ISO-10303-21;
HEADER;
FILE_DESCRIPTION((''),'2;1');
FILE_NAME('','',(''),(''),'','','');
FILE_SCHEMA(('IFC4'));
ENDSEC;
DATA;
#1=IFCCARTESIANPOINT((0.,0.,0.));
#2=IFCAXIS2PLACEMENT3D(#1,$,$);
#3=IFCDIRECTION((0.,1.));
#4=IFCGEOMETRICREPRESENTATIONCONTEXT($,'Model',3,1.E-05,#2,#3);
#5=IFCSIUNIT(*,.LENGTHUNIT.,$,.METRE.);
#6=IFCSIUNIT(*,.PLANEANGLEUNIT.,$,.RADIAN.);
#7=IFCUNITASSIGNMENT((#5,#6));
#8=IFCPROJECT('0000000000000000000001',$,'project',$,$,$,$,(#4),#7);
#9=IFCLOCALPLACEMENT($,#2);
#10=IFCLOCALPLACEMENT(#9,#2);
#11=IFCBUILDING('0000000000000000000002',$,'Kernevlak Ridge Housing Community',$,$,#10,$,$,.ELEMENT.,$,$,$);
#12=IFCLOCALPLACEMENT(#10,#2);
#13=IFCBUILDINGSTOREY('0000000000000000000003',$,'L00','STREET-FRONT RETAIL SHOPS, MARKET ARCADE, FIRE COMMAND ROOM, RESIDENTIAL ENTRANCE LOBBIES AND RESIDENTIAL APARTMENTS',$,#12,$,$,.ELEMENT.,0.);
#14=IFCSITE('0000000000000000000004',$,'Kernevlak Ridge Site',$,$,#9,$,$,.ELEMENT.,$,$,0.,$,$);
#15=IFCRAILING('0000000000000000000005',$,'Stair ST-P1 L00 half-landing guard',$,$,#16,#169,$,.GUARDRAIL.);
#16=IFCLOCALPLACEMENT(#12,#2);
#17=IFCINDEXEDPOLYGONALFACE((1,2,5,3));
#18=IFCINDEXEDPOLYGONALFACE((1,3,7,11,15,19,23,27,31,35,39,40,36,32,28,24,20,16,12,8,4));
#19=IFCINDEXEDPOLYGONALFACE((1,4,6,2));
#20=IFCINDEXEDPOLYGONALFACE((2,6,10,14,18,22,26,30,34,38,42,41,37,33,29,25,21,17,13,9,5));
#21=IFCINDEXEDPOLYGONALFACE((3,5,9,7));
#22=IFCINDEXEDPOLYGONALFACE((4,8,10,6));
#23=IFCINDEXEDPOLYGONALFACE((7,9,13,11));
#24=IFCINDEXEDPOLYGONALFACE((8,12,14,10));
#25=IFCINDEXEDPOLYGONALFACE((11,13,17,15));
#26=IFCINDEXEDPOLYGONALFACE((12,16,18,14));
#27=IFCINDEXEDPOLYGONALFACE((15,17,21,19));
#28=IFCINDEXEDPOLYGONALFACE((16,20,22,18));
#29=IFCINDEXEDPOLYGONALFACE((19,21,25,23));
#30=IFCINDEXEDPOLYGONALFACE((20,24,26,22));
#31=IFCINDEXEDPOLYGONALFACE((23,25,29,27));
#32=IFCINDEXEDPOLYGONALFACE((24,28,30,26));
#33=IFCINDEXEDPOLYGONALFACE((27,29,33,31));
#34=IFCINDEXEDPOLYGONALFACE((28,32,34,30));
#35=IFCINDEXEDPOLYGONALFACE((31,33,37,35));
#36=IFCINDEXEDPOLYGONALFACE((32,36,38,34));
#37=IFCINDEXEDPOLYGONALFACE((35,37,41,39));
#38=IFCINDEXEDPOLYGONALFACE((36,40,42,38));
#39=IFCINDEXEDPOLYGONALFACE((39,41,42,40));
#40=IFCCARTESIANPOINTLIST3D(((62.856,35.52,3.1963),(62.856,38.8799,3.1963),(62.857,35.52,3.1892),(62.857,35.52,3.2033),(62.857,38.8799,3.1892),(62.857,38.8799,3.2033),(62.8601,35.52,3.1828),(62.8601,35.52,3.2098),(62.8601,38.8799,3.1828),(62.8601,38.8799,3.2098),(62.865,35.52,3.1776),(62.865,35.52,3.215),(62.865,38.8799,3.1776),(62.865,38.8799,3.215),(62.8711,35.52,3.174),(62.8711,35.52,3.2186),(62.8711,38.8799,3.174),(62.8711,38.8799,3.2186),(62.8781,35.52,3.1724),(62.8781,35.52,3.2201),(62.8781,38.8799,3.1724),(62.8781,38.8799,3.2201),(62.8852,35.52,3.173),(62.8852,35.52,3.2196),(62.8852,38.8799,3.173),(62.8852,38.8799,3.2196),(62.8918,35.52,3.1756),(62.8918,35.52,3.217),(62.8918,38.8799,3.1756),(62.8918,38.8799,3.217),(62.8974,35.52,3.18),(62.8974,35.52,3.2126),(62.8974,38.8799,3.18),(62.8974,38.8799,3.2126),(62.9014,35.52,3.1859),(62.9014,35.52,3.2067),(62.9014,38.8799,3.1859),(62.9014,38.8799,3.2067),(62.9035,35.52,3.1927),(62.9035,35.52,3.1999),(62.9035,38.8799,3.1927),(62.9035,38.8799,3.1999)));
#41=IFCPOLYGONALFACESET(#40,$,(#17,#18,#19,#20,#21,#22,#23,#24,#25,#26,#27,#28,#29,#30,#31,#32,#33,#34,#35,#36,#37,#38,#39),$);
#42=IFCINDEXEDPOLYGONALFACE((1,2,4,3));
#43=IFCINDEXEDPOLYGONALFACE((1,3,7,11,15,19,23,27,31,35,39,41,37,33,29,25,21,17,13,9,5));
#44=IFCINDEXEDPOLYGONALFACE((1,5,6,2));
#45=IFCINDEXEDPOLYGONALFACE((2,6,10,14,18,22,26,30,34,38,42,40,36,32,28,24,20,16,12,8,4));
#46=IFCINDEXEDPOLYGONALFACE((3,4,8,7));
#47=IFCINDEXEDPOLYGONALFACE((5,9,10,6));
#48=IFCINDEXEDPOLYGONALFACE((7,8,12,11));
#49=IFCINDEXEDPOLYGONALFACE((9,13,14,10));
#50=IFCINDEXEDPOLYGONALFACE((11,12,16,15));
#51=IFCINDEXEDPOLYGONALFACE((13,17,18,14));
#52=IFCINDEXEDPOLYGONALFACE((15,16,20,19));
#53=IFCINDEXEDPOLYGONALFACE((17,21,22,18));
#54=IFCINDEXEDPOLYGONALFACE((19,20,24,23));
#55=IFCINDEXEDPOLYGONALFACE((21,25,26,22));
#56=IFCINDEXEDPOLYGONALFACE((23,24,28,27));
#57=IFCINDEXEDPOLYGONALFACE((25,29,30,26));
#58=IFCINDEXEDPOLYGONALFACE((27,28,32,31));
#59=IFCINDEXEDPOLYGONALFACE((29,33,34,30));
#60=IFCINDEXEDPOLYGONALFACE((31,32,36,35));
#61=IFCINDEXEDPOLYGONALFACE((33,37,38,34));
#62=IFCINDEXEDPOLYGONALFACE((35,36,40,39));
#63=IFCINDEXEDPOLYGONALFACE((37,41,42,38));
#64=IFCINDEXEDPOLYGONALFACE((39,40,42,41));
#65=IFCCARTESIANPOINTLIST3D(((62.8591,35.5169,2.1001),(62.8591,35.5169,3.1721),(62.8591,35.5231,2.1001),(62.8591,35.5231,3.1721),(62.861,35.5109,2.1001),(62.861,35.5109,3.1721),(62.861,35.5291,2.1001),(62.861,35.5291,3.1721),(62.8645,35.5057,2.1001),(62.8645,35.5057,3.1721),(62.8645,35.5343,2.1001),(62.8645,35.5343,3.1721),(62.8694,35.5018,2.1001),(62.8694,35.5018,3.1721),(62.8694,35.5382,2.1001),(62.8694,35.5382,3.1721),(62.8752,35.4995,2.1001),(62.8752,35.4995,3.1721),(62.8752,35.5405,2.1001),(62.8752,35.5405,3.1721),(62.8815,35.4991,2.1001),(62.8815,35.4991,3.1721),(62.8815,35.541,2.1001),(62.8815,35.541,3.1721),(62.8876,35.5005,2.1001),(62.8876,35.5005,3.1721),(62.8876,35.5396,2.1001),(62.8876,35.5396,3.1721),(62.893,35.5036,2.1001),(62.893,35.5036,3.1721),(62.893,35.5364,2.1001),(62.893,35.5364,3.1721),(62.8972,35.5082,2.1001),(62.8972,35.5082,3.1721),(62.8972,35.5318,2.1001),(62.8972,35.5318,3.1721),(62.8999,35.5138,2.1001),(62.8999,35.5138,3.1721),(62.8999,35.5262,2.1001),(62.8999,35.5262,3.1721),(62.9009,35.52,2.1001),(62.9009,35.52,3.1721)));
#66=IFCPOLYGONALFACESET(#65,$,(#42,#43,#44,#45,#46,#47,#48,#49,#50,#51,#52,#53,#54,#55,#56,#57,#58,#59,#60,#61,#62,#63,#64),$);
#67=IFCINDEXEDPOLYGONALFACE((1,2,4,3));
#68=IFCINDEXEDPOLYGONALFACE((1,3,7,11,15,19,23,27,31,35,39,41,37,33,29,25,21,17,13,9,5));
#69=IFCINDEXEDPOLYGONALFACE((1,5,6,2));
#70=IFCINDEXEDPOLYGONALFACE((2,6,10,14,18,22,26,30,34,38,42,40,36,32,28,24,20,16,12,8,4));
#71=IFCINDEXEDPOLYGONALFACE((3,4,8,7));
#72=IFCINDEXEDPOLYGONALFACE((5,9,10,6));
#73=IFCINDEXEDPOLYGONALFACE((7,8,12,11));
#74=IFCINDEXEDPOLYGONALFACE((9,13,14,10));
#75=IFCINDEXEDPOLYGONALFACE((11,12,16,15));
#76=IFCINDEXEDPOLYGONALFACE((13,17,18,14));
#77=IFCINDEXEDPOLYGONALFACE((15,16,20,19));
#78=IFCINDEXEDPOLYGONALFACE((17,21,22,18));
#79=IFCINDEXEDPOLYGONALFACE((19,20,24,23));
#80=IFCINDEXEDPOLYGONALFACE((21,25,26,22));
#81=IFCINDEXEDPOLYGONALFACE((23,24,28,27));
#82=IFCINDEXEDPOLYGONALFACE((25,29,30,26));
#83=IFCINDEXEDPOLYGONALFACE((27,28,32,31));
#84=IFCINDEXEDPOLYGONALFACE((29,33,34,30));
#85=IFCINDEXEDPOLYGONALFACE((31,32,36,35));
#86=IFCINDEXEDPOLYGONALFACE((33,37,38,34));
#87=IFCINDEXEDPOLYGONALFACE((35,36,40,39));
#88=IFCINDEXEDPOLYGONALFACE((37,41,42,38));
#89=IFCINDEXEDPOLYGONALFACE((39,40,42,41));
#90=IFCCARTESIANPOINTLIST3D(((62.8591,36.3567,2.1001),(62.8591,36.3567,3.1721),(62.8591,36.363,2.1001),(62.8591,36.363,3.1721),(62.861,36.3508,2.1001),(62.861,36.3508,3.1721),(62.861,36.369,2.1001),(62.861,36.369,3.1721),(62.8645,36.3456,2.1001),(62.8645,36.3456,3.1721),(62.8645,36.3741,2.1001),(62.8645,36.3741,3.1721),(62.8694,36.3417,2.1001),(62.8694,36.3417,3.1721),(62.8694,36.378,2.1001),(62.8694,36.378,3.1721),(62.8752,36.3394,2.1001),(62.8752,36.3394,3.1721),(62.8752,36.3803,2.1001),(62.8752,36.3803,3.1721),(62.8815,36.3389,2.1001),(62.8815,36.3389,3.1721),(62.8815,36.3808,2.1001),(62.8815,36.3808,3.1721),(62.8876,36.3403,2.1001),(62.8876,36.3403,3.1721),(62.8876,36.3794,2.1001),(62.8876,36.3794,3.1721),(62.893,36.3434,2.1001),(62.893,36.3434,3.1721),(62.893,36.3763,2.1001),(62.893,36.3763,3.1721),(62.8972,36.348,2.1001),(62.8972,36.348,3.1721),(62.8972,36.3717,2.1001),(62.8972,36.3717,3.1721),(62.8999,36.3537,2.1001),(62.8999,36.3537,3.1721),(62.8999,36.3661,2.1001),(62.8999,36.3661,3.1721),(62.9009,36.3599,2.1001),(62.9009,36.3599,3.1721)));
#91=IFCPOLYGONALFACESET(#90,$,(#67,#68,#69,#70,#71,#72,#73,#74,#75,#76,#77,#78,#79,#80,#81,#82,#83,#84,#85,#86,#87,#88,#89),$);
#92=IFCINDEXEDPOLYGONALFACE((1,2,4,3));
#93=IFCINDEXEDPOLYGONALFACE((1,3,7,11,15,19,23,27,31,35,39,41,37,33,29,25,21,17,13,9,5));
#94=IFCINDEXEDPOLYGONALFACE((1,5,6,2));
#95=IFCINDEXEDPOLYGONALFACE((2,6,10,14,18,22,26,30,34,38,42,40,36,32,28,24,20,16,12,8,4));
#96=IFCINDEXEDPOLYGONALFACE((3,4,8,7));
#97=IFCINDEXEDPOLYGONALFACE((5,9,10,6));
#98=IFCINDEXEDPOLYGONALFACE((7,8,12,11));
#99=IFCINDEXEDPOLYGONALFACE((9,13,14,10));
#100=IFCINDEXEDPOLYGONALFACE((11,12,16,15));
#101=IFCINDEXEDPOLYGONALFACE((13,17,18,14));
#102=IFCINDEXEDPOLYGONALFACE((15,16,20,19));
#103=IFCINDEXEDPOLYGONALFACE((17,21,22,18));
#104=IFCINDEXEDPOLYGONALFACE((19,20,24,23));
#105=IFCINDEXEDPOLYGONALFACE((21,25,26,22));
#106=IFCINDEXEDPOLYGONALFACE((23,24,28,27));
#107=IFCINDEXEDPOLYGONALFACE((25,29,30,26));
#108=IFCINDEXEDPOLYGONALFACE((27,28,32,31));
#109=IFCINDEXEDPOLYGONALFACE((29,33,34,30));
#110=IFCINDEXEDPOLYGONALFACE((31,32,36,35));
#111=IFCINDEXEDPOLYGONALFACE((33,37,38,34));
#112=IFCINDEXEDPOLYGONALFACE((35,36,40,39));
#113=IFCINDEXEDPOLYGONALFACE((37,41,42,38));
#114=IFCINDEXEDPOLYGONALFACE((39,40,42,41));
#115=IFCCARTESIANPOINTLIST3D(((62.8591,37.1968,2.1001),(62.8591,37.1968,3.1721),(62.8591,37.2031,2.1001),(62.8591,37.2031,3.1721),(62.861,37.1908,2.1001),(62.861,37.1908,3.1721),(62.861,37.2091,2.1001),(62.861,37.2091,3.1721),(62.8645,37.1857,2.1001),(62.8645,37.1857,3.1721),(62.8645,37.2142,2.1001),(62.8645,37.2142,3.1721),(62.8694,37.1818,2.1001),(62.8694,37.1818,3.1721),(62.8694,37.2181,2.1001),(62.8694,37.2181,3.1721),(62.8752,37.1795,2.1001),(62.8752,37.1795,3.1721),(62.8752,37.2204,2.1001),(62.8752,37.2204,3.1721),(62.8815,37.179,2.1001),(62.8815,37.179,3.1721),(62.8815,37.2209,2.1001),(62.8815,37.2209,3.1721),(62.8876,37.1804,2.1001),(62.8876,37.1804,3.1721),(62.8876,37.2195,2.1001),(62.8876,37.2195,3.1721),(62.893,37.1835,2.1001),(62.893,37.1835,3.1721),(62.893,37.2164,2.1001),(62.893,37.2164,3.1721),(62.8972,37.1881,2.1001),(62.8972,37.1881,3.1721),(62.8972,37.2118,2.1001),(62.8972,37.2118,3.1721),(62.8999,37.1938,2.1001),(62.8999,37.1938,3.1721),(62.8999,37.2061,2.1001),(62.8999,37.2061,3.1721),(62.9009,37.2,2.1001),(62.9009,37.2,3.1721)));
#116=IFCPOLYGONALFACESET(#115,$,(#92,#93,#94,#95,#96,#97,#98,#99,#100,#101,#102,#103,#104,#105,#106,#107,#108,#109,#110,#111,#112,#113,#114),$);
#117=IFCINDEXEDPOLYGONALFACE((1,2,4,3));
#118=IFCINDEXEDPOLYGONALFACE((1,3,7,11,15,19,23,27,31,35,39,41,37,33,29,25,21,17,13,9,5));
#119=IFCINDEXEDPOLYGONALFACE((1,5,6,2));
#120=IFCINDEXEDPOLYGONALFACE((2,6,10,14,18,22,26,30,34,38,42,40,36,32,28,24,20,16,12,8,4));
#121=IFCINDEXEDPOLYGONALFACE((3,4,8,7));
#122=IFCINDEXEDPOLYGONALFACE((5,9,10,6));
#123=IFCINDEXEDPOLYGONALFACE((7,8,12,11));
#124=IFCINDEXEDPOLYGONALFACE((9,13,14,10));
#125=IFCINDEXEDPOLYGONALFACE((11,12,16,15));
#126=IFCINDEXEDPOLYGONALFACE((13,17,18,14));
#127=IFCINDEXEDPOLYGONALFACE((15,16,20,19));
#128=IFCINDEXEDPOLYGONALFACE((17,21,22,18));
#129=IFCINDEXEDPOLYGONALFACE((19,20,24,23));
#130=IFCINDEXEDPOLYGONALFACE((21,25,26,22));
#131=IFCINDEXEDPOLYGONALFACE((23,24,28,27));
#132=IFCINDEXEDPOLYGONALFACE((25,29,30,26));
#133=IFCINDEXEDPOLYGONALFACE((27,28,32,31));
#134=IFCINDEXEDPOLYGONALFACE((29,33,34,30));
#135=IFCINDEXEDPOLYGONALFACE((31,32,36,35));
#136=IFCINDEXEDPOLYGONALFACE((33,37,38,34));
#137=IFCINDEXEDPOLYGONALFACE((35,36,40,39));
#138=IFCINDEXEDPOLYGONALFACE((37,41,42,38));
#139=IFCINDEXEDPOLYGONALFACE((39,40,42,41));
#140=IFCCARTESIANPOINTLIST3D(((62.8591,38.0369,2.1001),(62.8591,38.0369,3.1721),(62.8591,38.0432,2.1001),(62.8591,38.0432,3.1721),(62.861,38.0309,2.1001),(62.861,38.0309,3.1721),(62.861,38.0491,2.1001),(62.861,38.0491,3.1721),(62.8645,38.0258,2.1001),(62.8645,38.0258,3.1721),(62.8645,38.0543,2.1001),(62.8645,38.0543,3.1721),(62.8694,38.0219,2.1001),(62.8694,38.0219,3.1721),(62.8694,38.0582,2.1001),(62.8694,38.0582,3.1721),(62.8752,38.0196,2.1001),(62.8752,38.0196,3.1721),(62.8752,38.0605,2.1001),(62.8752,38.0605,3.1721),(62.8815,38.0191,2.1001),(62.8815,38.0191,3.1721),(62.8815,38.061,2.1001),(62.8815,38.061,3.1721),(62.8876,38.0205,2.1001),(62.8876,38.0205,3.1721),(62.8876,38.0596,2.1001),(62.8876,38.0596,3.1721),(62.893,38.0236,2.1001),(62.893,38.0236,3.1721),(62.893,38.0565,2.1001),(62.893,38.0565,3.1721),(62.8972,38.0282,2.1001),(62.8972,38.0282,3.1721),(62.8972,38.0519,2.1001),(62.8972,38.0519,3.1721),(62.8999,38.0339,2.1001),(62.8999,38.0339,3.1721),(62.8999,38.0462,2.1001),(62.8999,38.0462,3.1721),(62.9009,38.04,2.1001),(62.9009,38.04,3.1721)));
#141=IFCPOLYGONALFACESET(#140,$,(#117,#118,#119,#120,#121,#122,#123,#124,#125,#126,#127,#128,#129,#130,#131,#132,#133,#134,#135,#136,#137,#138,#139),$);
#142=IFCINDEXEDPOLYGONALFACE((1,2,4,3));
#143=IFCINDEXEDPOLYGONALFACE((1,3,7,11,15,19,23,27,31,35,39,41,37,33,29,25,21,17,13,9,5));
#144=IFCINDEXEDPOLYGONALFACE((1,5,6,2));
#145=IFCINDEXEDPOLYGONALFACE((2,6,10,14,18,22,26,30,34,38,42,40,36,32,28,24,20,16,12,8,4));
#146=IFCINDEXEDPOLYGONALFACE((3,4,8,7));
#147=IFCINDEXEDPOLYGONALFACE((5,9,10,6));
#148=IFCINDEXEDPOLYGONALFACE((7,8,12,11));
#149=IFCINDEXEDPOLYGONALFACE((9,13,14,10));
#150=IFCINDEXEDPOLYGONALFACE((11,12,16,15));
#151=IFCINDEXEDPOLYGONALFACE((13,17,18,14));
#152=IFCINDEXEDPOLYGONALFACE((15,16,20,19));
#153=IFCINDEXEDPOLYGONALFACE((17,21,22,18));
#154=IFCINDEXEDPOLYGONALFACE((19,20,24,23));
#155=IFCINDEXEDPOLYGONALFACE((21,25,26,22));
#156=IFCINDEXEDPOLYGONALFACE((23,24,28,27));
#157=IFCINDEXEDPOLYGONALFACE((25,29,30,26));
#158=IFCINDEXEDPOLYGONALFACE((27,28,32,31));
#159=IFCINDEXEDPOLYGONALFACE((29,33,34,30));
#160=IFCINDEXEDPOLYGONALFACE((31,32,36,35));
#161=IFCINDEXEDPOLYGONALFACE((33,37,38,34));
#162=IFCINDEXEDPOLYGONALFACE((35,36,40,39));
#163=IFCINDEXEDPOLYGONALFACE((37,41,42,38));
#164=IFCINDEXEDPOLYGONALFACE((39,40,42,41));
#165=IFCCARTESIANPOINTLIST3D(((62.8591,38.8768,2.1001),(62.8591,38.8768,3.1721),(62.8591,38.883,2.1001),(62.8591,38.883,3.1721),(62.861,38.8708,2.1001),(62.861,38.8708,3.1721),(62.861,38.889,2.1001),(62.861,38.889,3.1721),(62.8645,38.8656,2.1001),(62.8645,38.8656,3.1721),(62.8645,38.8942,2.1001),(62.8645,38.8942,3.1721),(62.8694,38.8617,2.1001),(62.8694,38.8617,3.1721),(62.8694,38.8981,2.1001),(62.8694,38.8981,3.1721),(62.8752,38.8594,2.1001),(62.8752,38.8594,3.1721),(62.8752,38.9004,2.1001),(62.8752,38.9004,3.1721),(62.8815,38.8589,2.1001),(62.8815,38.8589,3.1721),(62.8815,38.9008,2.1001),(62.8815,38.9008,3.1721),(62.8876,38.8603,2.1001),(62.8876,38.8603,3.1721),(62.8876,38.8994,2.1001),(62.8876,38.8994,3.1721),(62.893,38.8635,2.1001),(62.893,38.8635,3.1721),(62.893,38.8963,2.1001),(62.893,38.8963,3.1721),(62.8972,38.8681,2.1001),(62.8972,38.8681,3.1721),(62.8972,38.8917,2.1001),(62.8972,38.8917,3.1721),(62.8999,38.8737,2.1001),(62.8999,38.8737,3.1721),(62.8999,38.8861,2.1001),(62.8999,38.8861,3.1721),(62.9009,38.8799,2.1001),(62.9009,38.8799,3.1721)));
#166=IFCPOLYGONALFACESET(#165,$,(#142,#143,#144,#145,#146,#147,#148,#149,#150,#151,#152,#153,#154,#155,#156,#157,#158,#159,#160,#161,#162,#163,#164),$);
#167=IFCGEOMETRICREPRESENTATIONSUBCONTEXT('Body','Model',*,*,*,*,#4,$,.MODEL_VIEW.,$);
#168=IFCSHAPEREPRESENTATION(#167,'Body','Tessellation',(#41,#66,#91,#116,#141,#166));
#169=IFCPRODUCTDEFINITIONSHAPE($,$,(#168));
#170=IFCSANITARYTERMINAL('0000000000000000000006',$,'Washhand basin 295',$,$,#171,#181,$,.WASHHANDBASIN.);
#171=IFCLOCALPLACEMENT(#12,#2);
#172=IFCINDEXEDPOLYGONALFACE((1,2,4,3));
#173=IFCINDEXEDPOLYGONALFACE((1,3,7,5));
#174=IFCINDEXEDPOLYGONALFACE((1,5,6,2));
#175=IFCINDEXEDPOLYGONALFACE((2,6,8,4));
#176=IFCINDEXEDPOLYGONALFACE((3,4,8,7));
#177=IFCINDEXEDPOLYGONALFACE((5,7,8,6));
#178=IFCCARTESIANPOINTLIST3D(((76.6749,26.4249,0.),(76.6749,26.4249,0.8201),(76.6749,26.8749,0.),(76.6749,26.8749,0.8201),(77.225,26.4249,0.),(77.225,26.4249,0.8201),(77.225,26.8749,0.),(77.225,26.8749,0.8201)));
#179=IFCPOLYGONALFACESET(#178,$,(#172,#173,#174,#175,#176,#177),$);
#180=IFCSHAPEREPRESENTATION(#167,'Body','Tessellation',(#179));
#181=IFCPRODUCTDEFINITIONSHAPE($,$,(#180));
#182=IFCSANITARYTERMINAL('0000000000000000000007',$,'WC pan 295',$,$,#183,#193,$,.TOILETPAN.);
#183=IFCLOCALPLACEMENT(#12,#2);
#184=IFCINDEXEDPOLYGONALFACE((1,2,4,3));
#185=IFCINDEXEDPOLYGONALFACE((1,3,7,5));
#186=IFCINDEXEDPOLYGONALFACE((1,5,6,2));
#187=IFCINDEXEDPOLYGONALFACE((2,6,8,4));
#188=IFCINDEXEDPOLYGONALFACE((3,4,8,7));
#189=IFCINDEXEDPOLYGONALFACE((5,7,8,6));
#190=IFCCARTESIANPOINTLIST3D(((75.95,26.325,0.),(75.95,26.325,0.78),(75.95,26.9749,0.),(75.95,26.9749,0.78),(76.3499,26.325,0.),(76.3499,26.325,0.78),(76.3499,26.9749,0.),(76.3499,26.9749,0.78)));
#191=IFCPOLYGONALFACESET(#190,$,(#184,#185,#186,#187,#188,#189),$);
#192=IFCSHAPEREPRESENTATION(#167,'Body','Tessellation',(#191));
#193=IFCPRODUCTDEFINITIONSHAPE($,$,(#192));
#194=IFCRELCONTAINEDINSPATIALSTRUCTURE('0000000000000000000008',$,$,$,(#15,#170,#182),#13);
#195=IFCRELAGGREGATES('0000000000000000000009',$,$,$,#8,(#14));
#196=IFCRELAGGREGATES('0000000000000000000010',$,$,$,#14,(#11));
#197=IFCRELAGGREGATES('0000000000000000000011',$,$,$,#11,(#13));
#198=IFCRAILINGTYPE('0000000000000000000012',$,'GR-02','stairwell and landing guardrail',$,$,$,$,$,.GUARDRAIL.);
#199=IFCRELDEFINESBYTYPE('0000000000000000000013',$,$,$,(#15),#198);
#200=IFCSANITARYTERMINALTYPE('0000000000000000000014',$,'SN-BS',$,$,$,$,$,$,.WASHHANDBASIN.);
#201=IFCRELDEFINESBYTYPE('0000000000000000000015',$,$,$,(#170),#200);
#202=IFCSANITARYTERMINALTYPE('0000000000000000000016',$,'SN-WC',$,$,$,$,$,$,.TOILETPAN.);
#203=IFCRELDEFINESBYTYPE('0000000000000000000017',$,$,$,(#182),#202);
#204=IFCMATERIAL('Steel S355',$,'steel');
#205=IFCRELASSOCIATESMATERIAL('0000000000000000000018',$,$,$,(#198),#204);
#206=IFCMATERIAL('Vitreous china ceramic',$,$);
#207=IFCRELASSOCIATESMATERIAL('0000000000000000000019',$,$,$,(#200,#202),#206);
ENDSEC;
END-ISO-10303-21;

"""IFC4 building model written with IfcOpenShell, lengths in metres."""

from ifc_helpers import new_model, si_unit, direction, frame, origin, origin_2d, place, context, subcontext, project, spatial, rectangle, circle, extrude, material, type_object, element, save


model = new_model("IFC4")

# Units and contexts
model_context = context("Model", 3, precision=1e-05, world=origin(), true_north=direction((0.0, 1.0)))
body_context = subcontext(model_context, "Body", "Model", "MODEL_VIEW")
ifc_project = project(units=[si_unit("LENGTHUNIT", "METRE"), si_unit("PLANEANGLEUNIT", "RADIAN")], contexts=[model_context])

# Site, building, storey
site_placement = place(None, origin())
site = spatial("IfcSite", under=ifc_project, at=site_placement, Name="Kernevlak Ridge Site", CompositionType="ELEMENT", RefElevation=0.0)
building_placement = place(site_placement, origin())
building = spatial("IfcBuilding", under=site, at=building_placement, Name="Kernevlak Ridge Housing Community", CompositionType="ELEMENT")
storey_placement = place(building_placement, origin())
storey = spatial("IfcBuildingStorey", under=building, at=storey_placement, Name="L00", Description="STREET-FRONT RETAIL SHOPS, MARKET ARCADE, FIRE COMMAND ROOM, RESIDENTIAL ENTRANCE LOBBIES AND RESIDENTIAL APARTMENTS", CompositionType="ELEMENT", Elevation=0.0)

# Railing
ifc_material_1 = material(Name="Steel S355", Category="steel")
railing_type = type_object("IfcRailingType", Name="GR-02", Description="stairwell and landing guardrail", PredefinedType="GUARDRAIL", material=ifc_material_1)
railing_placement = place(storey_placement, frame((62.8799, 35.52, 2.1001)))
element("IfcRailing", 1, at=railing_placement, inside=storey, type_object=railing_type, Name="Stair ST-P1 L00 half-landing guard", PredefinedType="GUARDRAIL", context=body_context, shape_type="SweptSolid", body=[
    extrude(circle(Radius=0.0239, at=origin_2d()), frame((0.0, 0.0, 1.0962), z_axis=(0.0, 1.0, 0.0), x_axis=(-1.0, 0.0, 0.0)), (0.0, 0.0, 1.0), 3.3599),
    extrude(circle(Radius=0.021, at=origin_2d()), origin(), (0.0, 0.0, 1.0), 1.072),
    extrude(circle(Radius=0.021, at=origin_2d()), frame((0.0, 0.8398, 0.0)), (0.0, 0.0, 1.0), 1.072),
    extrude(circle(Radius=0.021, at=origin_2d()), frame((0.0, 1.6799, 0.0)), (0.0, 0.0, 1.0), 1.072),
    extrude(circle(Radius=0.021, at=origin_2d()), frame((0.0, 2.52, 0.0)), (0.0, 0.0, 1.0), 1.072),
    extrude(circle(Radius=0.021, at=origin_2d()), frame((0.0, 3.3599, 0.0)), (0.0, 0.0, 1.0), 1.072),
])

# Sanitary terminals
ifc_material_2 = material(Name="Vitreous china ceramic")
sanitary_terminal_type_1 = type_object("IfcSanitaryTerminalType", Name="SN-BS", PredefinedType="WASHHANDBASIN", material=ifc_material_2)
sanitary_terminal_1_placement = place(storey_placement, frame((76.95, 26.6499, 0.0), z_axis=(0.0, 0.0, 1.0), x_axis=(1.0, 0.0, 0.0)))
element("IfcSanitaryTerminal", 2, at=sanitary_terminal_1_placement, inside=storey, type_object=sanitary_terminal_type_1, Name="Washhand basin 295", PredefinedType="WASHHANDBASIN", context=body_context, shape_type="SweptSolid", body=[
    extrude(rectangle(XDim=0.55, YDim=0.45, at=origin_2d()), origin(), (0.0, 0.0, 1.0), 0.8201),
])
sanitary_terminal_type_2 = type_object("IfcSanitaryTerminalType", Name="SN-WC", PredefinedType="TOILETPAN", material=ifc_material_2)
sanitary_terminal_2_placement = place(storey_placement, frame((76.1499, 26.6499, 0.0), z_axis=(0.0, 0.0, 1.0), x_axis=(1.0, 0.0, 0.0)))
element("IfcSanitaryTerminal", 3, at=sanitary_terminal_2_placement, inside=storey, type_object=sanitary_terminal_type_2, Name="WC pan 295", PredefinedType="TOILETPAN", context=body_context, shape_type="SweptSolid", body=[
    extrude(rectangle(XDim=0.3999, YDim=0.6499, at=origin_2d()), origin(), (0.0, 0.0, 1.0), 0.78),
])

save(model, "model.ifc")
